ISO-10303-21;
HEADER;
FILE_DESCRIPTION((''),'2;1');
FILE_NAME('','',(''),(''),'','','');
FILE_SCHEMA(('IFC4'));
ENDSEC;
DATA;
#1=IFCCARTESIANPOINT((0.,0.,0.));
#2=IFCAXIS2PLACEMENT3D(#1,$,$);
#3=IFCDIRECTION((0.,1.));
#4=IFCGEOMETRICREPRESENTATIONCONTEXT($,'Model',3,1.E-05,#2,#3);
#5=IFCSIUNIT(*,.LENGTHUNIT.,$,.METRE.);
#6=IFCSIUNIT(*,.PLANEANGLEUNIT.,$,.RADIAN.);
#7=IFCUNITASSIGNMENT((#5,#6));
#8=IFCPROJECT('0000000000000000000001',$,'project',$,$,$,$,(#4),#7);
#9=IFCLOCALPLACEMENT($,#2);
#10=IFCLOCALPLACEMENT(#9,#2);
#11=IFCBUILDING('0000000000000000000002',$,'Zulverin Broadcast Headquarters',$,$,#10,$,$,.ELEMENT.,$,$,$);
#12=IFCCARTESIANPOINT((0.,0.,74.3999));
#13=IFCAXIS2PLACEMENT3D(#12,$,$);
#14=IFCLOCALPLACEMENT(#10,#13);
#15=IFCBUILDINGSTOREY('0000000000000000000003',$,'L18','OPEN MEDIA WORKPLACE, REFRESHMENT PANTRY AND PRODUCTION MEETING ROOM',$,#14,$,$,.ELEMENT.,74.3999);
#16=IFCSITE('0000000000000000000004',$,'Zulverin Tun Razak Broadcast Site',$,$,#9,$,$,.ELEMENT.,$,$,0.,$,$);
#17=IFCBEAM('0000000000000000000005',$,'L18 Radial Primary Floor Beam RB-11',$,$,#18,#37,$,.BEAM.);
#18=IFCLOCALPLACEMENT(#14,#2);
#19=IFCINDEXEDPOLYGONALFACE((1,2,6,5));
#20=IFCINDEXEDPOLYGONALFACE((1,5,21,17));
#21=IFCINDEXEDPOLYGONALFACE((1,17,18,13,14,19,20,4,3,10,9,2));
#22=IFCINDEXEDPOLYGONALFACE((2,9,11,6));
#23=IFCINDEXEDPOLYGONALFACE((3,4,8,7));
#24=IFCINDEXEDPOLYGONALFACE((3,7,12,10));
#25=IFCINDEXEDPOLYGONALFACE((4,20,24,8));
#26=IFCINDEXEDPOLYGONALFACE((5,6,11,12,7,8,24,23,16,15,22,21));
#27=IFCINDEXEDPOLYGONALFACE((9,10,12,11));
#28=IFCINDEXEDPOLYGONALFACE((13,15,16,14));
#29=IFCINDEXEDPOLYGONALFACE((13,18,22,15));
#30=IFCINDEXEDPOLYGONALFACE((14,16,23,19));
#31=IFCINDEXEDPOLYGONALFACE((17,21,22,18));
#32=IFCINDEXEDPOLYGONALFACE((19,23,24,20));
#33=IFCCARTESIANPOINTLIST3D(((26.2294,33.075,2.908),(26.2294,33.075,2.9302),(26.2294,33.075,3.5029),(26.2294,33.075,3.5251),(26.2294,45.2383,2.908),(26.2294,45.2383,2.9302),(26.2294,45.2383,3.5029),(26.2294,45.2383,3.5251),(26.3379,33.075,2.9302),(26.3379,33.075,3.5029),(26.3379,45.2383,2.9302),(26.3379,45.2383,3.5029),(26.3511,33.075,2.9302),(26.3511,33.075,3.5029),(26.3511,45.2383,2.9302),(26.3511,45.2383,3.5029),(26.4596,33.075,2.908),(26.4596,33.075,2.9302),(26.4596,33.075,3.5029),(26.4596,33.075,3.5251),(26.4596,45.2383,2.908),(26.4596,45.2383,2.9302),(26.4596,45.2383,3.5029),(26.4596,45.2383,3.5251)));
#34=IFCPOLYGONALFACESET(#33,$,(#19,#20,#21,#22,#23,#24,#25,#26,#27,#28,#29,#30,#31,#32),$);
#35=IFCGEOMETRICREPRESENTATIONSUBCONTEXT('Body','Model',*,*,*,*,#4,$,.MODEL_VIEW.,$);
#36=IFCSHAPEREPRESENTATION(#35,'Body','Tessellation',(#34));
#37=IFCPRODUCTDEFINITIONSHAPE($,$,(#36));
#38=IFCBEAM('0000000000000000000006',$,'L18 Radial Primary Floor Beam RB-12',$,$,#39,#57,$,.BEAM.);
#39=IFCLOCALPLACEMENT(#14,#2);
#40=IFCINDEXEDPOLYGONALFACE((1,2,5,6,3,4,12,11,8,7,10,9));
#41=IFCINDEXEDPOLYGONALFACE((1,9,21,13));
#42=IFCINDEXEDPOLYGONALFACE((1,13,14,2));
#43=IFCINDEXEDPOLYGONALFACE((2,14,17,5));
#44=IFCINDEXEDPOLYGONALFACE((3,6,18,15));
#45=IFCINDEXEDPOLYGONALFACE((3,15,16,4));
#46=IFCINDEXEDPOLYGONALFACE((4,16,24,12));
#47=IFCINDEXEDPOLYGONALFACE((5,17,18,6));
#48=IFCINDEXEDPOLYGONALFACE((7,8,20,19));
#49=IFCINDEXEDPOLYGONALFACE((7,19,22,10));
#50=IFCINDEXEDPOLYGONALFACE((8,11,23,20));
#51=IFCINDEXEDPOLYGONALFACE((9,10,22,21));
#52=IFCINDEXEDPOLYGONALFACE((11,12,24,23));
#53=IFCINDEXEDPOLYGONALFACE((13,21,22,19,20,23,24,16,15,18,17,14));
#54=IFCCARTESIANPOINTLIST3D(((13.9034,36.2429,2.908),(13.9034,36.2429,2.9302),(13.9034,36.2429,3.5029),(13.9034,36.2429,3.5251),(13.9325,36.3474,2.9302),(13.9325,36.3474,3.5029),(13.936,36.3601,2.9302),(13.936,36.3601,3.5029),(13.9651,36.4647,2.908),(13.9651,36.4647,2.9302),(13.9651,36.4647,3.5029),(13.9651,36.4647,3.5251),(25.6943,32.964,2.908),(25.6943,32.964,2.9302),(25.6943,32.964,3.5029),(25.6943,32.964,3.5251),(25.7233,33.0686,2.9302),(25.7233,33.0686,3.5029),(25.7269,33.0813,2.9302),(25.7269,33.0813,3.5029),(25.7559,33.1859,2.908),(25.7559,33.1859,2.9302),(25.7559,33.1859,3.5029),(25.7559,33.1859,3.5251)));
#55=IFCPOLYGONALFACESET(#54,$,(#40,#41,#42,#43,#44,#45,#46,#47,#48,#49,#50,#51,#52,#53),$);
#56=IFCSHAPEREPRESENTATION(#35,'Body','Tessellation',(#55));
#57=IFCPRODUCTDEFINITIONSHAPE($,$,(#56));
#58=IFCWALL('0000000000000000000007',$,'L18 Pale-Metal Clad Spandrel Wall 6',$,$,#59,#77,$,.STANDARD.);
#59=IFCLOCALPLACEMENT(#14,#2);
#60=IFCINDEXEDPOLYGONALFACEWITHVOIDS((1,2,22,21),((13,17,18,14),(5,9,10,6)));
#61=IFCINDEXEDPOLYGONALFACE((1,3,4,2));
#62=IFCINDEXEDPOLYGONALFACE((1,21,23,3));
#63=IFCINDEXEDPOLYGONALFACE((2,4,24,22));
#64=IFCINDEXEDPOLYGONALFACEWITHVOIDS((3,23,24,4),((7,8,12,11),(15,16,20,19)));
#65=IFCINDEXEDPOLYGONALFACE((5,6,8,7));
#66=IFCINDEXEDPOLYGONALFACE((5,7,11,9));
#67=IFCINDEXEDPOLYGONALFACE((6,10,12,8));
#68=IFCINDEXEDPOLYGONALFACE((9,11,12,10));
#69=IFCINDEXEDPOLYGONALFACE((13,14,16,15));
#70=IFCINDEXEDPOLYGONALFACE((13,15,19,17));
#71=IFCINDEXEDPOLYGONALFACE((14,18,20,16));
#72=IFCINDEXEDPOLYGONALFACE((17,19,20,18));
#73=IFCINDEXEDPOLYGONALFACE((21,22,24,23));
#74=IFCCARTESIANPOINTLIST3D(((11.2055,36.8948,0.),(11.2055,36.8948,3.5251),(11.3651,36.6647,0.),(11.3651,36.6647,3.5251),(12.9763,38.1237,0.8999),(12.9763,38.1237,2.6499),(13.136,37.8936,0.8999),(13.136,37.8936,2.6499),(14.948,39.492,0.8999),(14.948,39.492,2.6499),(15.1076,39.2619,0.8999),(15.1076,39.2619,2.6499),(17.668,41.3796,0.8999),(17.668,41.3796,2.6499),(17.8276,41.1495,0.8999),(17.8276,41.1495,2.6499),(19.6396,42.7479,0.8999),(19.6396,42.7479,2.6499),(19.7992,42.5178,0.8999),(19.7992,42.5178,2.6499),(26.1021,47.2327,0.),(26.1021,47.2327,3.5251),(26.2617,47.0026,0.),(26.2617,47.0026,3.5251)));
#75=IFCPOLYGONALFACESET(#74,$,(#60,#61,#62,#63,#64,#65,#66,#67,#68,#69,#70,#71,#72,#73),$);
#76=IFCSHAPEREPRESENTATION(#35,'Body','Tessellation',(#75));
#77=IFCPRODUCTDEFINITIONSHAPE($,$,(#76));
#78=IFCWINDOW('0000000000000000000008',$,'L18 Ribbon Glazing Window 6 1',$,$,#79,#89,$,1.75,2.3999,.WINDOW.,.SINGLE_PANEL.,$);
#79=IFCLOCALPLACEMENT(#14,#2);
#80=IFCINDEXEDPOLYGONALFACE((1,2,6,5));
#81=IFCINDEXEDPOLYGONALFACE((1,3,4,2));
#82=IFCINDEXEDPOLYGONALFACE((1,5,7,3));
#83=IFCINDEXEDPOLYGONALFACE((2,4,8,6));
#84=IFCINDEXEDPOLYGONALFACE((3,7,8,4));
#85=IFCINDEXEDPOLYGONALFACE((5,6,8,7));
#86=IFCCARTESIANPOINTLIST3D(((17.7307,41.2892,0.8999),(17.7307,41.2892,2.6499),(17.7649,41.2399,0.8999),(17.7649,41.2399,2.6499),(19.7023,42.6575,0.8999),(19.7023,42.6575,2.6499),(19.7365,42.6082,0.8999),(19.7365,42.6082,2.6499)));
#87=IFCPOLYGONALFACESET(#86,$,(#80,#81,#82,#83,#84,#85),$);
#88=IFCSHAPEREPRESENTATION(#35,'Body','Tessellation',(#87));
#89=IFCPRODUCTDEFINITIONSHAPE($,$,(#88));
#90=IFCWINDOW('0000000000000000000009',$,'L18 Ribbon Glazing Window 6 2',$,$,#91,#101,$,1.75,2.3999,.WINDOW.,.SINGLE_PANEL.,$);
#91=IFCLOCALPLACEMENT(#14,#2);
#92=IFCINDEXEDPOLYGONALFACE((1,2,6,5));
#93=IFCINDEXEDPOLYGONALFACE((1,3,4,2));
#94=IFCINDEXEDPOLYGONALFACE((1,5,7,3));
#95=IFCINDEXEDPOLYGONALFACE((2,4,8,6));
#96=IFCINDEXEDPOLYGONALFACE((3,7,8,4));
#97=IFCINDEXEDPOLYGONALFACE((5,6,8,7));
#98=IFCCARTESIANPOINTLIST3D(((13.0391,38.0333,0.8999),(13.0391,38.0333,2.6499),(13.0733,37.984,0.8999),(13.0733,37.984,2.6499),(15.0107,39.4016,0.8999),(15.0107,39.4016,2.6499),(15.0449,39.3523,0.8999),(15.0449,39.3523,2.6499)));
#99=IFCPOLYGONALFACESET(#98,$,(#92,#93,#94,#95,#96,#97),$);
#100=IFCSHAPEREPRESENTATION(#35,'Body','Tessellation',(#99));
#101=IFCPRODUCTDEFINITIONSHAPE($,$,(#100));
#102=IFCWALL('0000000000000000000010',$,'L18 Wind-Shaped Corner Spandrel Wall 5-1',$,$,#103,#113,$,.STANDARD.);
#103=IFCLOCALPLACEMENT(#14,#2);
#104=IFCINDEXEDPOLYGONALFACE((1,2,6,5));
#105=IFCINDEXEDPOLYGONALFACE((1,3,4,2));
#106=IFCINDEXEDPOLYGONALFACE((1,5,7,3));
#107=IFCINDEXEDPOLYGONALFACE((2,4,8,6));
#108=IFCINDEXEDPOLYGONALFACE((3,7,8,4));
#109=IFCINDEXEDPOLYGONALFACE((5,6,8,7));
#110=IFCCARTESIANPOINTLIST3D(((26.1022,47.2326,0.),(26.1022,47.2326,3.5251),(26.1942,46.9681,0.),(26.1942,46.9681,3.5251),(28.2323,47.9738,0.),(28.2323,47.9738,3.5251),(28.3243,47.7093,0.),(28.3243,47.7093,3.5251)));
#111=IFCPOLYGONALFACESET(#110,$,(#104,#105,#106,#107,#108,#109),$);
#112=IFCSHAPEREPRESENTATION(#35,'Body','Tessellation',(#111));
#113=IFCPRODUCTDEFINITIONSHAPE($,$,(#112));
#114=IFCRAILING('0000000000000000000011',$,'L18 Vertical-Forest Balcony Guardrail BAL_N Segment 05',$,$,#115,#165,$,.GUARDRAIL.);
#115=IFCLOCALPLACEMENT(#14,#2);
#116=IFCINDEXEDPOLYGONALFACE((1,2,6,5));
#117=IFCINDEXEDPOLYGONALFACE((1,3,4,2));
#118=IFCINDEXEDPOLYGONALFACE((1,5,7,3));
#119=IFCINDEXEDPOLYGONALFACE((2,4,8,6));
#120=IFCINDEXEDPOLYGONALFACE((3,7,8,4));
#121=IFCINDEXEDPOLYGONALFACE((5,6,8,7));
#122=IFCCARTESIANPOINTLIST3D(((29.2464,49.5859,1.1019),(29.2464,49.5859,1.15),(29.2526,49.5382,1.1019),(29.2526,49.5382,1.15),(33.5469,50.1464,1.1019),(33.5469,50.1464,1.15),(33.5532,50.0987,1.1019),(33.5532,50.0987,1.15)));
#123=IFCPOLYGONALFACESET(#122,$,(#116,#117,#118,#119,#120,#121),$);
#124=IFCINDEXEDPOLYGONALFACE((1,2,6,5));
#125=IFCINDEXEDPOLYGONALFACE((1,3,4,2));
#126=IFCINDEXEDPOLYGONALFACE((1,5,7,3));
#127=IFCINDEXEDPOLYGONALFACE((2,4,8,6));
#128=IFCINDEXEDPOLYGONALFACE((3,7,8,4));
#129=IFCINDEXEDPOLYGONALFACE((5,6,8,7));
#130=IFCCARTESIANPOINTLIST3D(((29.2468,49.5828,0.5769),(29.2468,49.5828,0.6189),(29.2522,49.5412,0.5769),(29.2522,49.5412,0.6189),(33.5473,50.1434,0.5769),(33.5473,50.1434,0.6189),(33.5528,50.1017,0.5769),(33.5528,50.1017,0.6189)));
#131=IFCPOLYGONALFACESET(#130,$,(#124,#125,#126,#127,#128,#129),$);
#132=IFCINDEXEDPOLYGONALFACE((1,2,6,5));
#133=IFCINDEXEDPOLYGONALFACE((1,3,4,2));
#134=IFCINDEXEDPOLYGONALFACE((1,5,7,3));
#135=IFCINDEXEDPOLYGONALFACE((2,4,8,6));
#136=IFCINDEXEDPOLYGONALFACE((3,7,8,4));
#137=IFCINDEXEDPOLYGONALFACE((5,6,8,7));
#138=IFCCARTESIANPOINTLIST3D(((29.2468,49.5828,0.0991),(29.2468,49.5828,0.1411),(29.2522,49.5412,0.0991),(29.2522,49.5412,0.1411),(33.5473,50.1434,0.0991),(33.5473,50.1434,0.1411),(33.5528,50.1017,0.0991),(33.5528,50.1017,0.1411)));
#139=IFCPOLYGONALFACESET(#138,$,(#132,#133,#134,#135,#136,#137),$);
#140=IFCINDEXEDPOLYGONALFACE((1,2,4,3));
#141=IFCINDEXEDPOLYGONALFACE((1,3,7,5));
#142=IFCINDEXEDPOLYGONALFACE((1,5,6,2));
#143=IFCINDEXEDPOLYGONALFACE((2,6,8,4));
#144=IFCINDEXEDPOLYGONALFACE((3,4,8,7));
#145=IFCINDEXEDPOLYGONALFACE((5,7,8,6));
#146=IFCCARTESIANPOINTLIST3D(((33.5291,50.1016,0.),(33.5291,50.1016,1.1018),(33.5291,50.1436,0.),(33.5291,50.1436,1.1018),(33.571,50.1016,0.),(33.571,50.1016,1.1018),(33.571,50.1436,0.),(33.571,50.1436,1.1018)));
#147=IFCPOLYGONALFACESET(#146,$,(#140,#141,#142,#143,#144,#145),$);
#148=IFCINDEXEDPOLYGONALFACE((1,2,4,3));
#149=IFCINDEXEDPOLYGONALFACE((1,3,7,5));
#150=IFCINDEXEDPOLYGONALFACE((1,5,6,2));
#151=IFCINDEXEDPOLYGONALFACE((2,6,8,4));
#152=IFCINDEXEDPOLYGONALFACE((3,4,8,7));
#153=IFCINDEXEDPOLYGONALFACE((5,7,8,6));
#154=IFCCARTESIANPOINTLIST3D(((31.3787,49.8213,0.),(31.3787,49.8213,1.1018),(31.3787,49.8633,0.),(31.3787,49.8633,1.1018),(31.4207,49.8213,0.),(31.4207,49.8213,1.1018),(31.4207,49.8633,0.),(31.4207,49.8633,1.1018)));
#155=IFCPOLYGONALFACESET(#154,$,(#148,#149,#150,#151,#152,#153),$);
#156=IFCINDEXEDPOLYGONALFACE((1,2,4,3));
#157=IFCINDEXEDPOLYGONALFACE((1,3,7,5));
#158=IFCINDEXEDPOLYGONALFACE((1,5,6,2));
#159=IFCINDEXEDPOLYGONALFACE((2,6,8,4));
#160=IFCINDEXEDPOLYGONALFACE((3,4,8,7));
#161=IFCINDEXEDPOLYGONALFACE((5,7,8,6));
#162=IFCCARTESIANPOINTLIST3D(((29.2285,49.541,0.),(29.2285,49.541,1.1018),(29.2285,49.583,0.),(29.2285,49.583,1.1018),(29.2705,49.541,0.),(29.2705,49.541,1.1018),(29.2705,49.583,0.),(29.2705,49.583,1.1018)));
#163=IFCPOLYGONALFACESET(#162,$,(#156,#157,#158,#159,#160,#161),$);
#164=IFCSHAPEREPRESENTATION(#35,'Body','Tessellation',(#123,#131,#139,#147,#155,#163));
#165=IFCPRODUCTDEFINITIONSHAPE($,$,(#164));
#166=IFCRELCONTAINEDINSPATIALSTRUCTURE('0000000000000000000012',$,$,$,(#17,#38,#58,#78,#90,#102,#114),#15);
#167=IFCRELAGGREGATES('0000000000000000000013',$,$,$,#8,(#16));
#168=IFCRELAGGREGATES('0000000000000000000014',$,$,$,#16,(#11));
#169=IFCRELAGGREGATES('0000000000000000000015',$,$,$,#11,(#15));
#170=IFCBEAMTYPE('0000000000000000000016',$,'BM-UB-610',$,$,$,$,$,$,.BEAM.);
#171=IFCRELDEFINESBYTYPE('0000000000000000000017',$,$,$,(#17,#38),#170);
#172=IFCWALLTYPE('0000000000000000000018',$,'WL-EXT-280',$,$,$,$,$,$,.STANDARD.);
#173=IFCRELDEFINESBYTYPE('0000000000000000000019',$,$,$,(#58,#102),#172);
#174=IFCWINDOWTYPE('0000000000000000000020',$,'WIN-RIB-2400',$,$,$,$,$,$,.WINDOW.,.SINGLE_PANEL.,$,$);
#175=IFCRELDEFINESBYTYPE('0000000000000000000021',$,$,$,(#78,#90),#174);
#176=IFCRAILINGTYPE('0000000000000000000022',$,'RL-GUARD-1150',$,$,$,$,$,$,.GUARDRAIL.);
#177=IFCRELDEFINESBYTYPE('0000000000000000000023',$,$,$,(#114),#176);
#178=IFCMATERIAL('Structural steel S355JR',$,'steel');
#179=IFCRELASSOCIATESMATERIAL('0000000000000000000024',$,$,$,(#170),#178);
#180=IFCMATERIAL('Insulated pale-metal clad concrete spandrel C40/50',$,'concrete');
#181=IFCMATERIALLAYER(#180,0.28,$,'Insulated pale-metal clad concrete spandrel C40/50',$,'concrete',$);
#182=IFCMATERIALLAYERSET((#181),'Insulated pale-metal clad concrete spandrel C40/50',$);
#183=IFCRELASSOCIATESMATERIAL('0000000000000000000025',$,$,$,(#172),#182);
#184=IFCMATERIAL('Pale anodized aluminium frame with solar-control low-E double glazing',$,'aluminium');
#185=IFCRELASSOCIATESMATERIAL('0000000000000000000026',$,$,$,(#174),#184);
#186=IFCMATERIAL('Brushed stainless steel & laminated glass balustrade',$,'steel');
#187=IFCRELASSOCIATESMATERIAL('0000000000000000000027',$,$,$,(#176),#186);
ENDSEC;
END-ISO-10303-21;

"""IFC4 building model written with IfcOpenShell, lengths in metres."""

from ifc_helpers import new_model, si_unit, direction, frame, frame_2d, origin, origin_2d, place, context, subcontext, project, spatial, rectangle, i_section, extrude, material, layer, layer_set, material_profile, profile_set, type_object, element, fill, save


model = new_model("IFC4")

# Units and contexts
model_context = context("Model", 3, precision=1e-05, world=origin(), true_north=direction((0.0, 1.0)))
body_context = subcontext(model_context, "Body", "Model", "MODEL_VIEW")
ifc_project = project(units=[si_unit("LENGTHUNIT", "METRE"), si_unit("PLANEANGLEUNIT", "RADIAN")], contexts=[model_context])

# Site, building, storey
site_placement = place(None, origin())
site = spatial("IfcSite", under=ifc_project, at=site_placement, Name="Zulverin Tun Razak Broadcast Site", CompositionType="ELEMENT", RefElevation=0.0)
building_placement = place(site_placement, origin())
building = spatial("IfcBuilding", under=site, at=building_placement, Name="Zulverin Broadcast Headquarters", CompositionType="ELEMENT")
storey_placement = place(building_placement, frame((0.0, 0.0, 74.3999)))
storey = spatial("IfcBuildingStorey", under=building, at=storey_placement, Name="L18", Description="OPEN MEDIA WORKPLACE, REFRESHMENT PANTRY AND PRODUCTION MEETING ROOM", CompositionType="ELEMENT", Elevation=74.3999)

# Beams
ifc_material_1 = material(Name="Structural steel S355JR", Category="steel")
ifc_material_profile_1 = material_profile(ifc_material_1, i_section(OverallWidth=0.2302, OverallDepth=0.6172, WebThickness=0.0132, FlangeThickness=0.0222, at=origin_2d()), Name="Structural steel S355JR", Category="steel")
ifc_profile_set_1 = profile_set([ifc_material_profile_1], Name="Structural steel S355JR")
beam_type_1 = type_object("IfcBeamType", Name="BM-UB-610", PredefinedType="BEAM", material=ifc_profile_set_1)
beam_1_placement = place(storey_placement, frame((26.3445, 33.075, 3.2166), z_axis=(0.0, 1.0, 0.0), x_axis=(-1.0, 0.0, 0.0)))
element("IfcBeam", 1, at=beam_1_placement, inside=storey, type_object=beam_type_1, Name="L18 Radial Primary Floor Beam RB-11", PredefinedType="BEAM", context=body_context, shape_type="SweptSolid", body=[
    extrude(i_section(OverallWidth=0.2302, OverallDepth=0.6172, WebThickness=0.0132, FlangeThickness=0.0222, at=origin_2d()), origin(), (0.0, 0.0, 1.0), 12.1633),
])
beam_2_placement = place(storey_placement, frame((25.7251, 33.075, 3.2166), z_axis=(-0.963442, 0.267917, 0.0), x_axis=(-0.267917, -0.963442, 0.0)))
element("IfcBeam", 2, at=beam_2_placement, inside=storey, type_object=beam_type_1, Name="L18 Radial Primary Floor Beam RB-12", PredefinedType="BEAM", context=body_context, shape_type="SweptSolid", body=[
    extrude(i_section(OverallWidth=0.2302, OverallDepth=0.6172, WebThickness=0.0132, FlangeThickness=0.0222, at=origin_2d()), origin(), (0.0, 0.0, 1.0), 12.2383),
])

# Wall, openings, windows
ifc_material_2 = material(Name="Insulated pale-metal clad concrete spandrel C40/50", Category="concrete")
ifc_layer = layer(ifc_material_2, 0.28, Name="Insulated pale-metal clad concrete spandrel C40/50", Category="concrete")
ifc_layer_set = layer_set([ifc_layer], Name="Insulated pale-metal clad concrete spandrel C40/50")
wall_type = type_object("IfcWallType", Name="WL-EXT-280", PredefinedType="STANDARD", material=ifc_layer_set)
wall_1_placement = place(storey_placement, frame((26.1819, 47.1177, 0.0), z_axis=(0.0, 0.0, 1.0), x_axis=(-0.821548, -0.570139, 0.0)))
wall_1 = element("IfcWall", 3, at=wall_1_placement, inside=storey, type_object=wall_type, Name="L18 Pale-Metal Clad Spandrel Wall 6", PredefinedType="STANDARD", context=body_context, shape_type="SweptSolid", body=[
    extrude(rectangle(XDim=18.1323, YDim=0.28, at=frame_2d((9.0662, 0.0))), origin(), (0.0, 0.0, 1.0), 3.5251),
])
opening_1_placement = place(wall_1_placement, frame((7.8662, 0.0, 0.8999)))
opening_1 = element("IfcOpeningElement", 4, at=opening_1_placement, cuts=wall_1, PredefinedType="OPENING", context=body_context, shape_type="SweptSolid", body=[
    extrude(rectangle(XDim=2.3999, YDim=1.75, at=frame_2d((1.2, 0.875))), frame((0.0, 0.1499, 0.0), z_axis=(0.0, -1.0, 0.0), x_axis=(1.0, 0.0, 0.0)), (0.0, 0.0, 1.0), 0.3),
])
opening_2_placement = place(wall_1_placement, frame((13.5769, 0.0, 0.8999)))
opening_2 = element("IfcOpeningElement", 5, at=opening_2_placement, cuts=wall_1, PredefinedType="OPENING", context=body_context, shape_type="SweptSolid", body=[
    extrude(rectangle(XDim=2.3999, YDim=1.75, at=frame_2d((1.2, 0.875))), frame((0.0, 0.1499, 0.0), z_axis=(0.0, -1.0, 0.0), x_axis=(1.0, 0.0, 0.0)), (0.0, 0.0, 1.0), 0.3),
])
ifc_material_3 = material(Name="Pale anodized aluminium frame with solar-control low-E double glazing", Category="aluminium")
window_type = type_object("IfcWindowType", Name="WIN-RIB-2400", PartitioningType="SINGLE_PANEL", PredefinedType="WINDOW", material=ifc_material_3)
window_1_placement = place(opening_1_placement, origin())
window_1 = element("IfcWindow", 6, at=window_1_placement, inside=storey, type_object=window_type, Name="L18 Ribbon Glazing Window 6 1", OverallHeight=1.75, OverallWidth=2.3999, PartitioningType="SINGLE_PANEL", PredefinedType="WINDOW", context=body_context, shape_type="SweptSolid", body=[
    extrude(rectangle(XDim=2.3999, YDim=1.75, at=frame_2d((1.2, 0.875))), frame((0.0, 0.03, 0.0), z_axis=(0.0, -1.0, 0.0), x_axis=(1.0, 0.0, 0.0)), (0.0, 0.0, 1.0), 0.0601),
])
fill(opening_1, window_1)
window_2_placement = place(opening_2_placement, origin())
window_2 = element("IfcWindow", 7, at=window_2_placement, inside=storey, type_object=window_type, Name="L18 Ribbon Glazing Window 6 2", OverallHeight=1.75, OverallWidth=2.3999, PartitioningType="SINGLE_PANEL", PredefinedType="WINDOW", context=body_context, shape_type="SweptSolid", body=[
    extrude(rectangle(XDim=2.3999, YDim=1.75, at=frame_2d((1.2, 0.875))), frame((0.0, 0.03, 0.0), z_axis=(0.0, -1.0, 0.0), x_axis=(1.0, 0.0, 0.0)), (0.0, 0.0, 1.0), 0.0601),
])
fill(opening_2, window_2)

# Wall
wall_2_placement = place(storey_placement, frame((28.2783, 47.8416, 0.0), z_axis=(0.0, 0.0, 1.0), x_axis=(-0.944456, -0.328638, 0.0)))
element("IfcWall", 8, at=wall_2_placement, inside=storey, type_object=wall_type, Name="L18 Wind-Shaped Corner Spandrel Wall 5-1", PredefinedType="STANDARD", context=body_context, shape_type="SweptSolid", body=[
    extrude(rectangle(XDim=2.2554, YDim=0.28, at=frame_2d((1.1277, 0.0))), origin(), (0.0, 0.0, 1.0), 3.5251),
])

# Railing
ifc_material_4 = material(Name="Brushed stainless steel & laminated glass balustrade", Category="steel")
railing_type = type_object("IfcRailingType", Name="RL-GUARD-1150", PredefinedType="GUARDRAIL", material=ifc_material_4)
railing_1_placement = place(storey_placement, frame((33.55, 50.1226, 0.0)))
element("IfcRailing", 9, at=railing_1_placement, inside=storey, type_object=railing_type, Name="L18 Vertical-Forest Balcony Guardrail BAL_N Segment 05", PredefinedType="GUARDRAIL", context=body_context, shape_type="SweptSolid", body=[
    extrude(rectangle(XDim=0.0481, YDim=0.0481, at=origin_2d()), frame((0.0, 0.0, 1.126), z_axis=(-0.991612, -0.12925, 0.0), x_axis=(0.12925, -0.991612, 0.0)), (0.0, 0.0, 1.0), 4.3369),
    extrude(rectangle(XDim=0.042, YDim=0.042, at=origin_2d()), frame((0.0, 0.0, 0.5979), z_axis=(-0.991612, -0.12925, 0.0), x_axis=(0.12925, -0.991612, 0.0)), (0.0, 0.0, 1.0), 4.3369),
    extrude(rectangle(XDim=0.042, YDim=0.042, at=origin_2d()), frame((0.0, 0.0, 0.1201), z_axis=(-0.991612, -0.12925, 0.0), x_axis=(0.12925, -0.991612, 0.0)), (0.0, 0.0, 1.0), 4.3369),
    extrude(rectangle(XDim=0.042, YDim=0.042, at=origin_2d()), origin(), (0.0, 0.0, 1.0), 1.1018),
    extrude(rectangle(XDim=0.042, YDim=0.042, at=origin_2d()), frame((-2.1504, -0.2803, 0.0)), (0.0, 0.0, 1.0), 1.1018),
    extrude(rectangle(XDim=0.042, YDim=0.042, at=origin_2d()), frame((-4.3005, -0.5605, 0.0)), (0.0, 0.0, 1.0), 1.1018),
])

save(model, "model.ifc")
